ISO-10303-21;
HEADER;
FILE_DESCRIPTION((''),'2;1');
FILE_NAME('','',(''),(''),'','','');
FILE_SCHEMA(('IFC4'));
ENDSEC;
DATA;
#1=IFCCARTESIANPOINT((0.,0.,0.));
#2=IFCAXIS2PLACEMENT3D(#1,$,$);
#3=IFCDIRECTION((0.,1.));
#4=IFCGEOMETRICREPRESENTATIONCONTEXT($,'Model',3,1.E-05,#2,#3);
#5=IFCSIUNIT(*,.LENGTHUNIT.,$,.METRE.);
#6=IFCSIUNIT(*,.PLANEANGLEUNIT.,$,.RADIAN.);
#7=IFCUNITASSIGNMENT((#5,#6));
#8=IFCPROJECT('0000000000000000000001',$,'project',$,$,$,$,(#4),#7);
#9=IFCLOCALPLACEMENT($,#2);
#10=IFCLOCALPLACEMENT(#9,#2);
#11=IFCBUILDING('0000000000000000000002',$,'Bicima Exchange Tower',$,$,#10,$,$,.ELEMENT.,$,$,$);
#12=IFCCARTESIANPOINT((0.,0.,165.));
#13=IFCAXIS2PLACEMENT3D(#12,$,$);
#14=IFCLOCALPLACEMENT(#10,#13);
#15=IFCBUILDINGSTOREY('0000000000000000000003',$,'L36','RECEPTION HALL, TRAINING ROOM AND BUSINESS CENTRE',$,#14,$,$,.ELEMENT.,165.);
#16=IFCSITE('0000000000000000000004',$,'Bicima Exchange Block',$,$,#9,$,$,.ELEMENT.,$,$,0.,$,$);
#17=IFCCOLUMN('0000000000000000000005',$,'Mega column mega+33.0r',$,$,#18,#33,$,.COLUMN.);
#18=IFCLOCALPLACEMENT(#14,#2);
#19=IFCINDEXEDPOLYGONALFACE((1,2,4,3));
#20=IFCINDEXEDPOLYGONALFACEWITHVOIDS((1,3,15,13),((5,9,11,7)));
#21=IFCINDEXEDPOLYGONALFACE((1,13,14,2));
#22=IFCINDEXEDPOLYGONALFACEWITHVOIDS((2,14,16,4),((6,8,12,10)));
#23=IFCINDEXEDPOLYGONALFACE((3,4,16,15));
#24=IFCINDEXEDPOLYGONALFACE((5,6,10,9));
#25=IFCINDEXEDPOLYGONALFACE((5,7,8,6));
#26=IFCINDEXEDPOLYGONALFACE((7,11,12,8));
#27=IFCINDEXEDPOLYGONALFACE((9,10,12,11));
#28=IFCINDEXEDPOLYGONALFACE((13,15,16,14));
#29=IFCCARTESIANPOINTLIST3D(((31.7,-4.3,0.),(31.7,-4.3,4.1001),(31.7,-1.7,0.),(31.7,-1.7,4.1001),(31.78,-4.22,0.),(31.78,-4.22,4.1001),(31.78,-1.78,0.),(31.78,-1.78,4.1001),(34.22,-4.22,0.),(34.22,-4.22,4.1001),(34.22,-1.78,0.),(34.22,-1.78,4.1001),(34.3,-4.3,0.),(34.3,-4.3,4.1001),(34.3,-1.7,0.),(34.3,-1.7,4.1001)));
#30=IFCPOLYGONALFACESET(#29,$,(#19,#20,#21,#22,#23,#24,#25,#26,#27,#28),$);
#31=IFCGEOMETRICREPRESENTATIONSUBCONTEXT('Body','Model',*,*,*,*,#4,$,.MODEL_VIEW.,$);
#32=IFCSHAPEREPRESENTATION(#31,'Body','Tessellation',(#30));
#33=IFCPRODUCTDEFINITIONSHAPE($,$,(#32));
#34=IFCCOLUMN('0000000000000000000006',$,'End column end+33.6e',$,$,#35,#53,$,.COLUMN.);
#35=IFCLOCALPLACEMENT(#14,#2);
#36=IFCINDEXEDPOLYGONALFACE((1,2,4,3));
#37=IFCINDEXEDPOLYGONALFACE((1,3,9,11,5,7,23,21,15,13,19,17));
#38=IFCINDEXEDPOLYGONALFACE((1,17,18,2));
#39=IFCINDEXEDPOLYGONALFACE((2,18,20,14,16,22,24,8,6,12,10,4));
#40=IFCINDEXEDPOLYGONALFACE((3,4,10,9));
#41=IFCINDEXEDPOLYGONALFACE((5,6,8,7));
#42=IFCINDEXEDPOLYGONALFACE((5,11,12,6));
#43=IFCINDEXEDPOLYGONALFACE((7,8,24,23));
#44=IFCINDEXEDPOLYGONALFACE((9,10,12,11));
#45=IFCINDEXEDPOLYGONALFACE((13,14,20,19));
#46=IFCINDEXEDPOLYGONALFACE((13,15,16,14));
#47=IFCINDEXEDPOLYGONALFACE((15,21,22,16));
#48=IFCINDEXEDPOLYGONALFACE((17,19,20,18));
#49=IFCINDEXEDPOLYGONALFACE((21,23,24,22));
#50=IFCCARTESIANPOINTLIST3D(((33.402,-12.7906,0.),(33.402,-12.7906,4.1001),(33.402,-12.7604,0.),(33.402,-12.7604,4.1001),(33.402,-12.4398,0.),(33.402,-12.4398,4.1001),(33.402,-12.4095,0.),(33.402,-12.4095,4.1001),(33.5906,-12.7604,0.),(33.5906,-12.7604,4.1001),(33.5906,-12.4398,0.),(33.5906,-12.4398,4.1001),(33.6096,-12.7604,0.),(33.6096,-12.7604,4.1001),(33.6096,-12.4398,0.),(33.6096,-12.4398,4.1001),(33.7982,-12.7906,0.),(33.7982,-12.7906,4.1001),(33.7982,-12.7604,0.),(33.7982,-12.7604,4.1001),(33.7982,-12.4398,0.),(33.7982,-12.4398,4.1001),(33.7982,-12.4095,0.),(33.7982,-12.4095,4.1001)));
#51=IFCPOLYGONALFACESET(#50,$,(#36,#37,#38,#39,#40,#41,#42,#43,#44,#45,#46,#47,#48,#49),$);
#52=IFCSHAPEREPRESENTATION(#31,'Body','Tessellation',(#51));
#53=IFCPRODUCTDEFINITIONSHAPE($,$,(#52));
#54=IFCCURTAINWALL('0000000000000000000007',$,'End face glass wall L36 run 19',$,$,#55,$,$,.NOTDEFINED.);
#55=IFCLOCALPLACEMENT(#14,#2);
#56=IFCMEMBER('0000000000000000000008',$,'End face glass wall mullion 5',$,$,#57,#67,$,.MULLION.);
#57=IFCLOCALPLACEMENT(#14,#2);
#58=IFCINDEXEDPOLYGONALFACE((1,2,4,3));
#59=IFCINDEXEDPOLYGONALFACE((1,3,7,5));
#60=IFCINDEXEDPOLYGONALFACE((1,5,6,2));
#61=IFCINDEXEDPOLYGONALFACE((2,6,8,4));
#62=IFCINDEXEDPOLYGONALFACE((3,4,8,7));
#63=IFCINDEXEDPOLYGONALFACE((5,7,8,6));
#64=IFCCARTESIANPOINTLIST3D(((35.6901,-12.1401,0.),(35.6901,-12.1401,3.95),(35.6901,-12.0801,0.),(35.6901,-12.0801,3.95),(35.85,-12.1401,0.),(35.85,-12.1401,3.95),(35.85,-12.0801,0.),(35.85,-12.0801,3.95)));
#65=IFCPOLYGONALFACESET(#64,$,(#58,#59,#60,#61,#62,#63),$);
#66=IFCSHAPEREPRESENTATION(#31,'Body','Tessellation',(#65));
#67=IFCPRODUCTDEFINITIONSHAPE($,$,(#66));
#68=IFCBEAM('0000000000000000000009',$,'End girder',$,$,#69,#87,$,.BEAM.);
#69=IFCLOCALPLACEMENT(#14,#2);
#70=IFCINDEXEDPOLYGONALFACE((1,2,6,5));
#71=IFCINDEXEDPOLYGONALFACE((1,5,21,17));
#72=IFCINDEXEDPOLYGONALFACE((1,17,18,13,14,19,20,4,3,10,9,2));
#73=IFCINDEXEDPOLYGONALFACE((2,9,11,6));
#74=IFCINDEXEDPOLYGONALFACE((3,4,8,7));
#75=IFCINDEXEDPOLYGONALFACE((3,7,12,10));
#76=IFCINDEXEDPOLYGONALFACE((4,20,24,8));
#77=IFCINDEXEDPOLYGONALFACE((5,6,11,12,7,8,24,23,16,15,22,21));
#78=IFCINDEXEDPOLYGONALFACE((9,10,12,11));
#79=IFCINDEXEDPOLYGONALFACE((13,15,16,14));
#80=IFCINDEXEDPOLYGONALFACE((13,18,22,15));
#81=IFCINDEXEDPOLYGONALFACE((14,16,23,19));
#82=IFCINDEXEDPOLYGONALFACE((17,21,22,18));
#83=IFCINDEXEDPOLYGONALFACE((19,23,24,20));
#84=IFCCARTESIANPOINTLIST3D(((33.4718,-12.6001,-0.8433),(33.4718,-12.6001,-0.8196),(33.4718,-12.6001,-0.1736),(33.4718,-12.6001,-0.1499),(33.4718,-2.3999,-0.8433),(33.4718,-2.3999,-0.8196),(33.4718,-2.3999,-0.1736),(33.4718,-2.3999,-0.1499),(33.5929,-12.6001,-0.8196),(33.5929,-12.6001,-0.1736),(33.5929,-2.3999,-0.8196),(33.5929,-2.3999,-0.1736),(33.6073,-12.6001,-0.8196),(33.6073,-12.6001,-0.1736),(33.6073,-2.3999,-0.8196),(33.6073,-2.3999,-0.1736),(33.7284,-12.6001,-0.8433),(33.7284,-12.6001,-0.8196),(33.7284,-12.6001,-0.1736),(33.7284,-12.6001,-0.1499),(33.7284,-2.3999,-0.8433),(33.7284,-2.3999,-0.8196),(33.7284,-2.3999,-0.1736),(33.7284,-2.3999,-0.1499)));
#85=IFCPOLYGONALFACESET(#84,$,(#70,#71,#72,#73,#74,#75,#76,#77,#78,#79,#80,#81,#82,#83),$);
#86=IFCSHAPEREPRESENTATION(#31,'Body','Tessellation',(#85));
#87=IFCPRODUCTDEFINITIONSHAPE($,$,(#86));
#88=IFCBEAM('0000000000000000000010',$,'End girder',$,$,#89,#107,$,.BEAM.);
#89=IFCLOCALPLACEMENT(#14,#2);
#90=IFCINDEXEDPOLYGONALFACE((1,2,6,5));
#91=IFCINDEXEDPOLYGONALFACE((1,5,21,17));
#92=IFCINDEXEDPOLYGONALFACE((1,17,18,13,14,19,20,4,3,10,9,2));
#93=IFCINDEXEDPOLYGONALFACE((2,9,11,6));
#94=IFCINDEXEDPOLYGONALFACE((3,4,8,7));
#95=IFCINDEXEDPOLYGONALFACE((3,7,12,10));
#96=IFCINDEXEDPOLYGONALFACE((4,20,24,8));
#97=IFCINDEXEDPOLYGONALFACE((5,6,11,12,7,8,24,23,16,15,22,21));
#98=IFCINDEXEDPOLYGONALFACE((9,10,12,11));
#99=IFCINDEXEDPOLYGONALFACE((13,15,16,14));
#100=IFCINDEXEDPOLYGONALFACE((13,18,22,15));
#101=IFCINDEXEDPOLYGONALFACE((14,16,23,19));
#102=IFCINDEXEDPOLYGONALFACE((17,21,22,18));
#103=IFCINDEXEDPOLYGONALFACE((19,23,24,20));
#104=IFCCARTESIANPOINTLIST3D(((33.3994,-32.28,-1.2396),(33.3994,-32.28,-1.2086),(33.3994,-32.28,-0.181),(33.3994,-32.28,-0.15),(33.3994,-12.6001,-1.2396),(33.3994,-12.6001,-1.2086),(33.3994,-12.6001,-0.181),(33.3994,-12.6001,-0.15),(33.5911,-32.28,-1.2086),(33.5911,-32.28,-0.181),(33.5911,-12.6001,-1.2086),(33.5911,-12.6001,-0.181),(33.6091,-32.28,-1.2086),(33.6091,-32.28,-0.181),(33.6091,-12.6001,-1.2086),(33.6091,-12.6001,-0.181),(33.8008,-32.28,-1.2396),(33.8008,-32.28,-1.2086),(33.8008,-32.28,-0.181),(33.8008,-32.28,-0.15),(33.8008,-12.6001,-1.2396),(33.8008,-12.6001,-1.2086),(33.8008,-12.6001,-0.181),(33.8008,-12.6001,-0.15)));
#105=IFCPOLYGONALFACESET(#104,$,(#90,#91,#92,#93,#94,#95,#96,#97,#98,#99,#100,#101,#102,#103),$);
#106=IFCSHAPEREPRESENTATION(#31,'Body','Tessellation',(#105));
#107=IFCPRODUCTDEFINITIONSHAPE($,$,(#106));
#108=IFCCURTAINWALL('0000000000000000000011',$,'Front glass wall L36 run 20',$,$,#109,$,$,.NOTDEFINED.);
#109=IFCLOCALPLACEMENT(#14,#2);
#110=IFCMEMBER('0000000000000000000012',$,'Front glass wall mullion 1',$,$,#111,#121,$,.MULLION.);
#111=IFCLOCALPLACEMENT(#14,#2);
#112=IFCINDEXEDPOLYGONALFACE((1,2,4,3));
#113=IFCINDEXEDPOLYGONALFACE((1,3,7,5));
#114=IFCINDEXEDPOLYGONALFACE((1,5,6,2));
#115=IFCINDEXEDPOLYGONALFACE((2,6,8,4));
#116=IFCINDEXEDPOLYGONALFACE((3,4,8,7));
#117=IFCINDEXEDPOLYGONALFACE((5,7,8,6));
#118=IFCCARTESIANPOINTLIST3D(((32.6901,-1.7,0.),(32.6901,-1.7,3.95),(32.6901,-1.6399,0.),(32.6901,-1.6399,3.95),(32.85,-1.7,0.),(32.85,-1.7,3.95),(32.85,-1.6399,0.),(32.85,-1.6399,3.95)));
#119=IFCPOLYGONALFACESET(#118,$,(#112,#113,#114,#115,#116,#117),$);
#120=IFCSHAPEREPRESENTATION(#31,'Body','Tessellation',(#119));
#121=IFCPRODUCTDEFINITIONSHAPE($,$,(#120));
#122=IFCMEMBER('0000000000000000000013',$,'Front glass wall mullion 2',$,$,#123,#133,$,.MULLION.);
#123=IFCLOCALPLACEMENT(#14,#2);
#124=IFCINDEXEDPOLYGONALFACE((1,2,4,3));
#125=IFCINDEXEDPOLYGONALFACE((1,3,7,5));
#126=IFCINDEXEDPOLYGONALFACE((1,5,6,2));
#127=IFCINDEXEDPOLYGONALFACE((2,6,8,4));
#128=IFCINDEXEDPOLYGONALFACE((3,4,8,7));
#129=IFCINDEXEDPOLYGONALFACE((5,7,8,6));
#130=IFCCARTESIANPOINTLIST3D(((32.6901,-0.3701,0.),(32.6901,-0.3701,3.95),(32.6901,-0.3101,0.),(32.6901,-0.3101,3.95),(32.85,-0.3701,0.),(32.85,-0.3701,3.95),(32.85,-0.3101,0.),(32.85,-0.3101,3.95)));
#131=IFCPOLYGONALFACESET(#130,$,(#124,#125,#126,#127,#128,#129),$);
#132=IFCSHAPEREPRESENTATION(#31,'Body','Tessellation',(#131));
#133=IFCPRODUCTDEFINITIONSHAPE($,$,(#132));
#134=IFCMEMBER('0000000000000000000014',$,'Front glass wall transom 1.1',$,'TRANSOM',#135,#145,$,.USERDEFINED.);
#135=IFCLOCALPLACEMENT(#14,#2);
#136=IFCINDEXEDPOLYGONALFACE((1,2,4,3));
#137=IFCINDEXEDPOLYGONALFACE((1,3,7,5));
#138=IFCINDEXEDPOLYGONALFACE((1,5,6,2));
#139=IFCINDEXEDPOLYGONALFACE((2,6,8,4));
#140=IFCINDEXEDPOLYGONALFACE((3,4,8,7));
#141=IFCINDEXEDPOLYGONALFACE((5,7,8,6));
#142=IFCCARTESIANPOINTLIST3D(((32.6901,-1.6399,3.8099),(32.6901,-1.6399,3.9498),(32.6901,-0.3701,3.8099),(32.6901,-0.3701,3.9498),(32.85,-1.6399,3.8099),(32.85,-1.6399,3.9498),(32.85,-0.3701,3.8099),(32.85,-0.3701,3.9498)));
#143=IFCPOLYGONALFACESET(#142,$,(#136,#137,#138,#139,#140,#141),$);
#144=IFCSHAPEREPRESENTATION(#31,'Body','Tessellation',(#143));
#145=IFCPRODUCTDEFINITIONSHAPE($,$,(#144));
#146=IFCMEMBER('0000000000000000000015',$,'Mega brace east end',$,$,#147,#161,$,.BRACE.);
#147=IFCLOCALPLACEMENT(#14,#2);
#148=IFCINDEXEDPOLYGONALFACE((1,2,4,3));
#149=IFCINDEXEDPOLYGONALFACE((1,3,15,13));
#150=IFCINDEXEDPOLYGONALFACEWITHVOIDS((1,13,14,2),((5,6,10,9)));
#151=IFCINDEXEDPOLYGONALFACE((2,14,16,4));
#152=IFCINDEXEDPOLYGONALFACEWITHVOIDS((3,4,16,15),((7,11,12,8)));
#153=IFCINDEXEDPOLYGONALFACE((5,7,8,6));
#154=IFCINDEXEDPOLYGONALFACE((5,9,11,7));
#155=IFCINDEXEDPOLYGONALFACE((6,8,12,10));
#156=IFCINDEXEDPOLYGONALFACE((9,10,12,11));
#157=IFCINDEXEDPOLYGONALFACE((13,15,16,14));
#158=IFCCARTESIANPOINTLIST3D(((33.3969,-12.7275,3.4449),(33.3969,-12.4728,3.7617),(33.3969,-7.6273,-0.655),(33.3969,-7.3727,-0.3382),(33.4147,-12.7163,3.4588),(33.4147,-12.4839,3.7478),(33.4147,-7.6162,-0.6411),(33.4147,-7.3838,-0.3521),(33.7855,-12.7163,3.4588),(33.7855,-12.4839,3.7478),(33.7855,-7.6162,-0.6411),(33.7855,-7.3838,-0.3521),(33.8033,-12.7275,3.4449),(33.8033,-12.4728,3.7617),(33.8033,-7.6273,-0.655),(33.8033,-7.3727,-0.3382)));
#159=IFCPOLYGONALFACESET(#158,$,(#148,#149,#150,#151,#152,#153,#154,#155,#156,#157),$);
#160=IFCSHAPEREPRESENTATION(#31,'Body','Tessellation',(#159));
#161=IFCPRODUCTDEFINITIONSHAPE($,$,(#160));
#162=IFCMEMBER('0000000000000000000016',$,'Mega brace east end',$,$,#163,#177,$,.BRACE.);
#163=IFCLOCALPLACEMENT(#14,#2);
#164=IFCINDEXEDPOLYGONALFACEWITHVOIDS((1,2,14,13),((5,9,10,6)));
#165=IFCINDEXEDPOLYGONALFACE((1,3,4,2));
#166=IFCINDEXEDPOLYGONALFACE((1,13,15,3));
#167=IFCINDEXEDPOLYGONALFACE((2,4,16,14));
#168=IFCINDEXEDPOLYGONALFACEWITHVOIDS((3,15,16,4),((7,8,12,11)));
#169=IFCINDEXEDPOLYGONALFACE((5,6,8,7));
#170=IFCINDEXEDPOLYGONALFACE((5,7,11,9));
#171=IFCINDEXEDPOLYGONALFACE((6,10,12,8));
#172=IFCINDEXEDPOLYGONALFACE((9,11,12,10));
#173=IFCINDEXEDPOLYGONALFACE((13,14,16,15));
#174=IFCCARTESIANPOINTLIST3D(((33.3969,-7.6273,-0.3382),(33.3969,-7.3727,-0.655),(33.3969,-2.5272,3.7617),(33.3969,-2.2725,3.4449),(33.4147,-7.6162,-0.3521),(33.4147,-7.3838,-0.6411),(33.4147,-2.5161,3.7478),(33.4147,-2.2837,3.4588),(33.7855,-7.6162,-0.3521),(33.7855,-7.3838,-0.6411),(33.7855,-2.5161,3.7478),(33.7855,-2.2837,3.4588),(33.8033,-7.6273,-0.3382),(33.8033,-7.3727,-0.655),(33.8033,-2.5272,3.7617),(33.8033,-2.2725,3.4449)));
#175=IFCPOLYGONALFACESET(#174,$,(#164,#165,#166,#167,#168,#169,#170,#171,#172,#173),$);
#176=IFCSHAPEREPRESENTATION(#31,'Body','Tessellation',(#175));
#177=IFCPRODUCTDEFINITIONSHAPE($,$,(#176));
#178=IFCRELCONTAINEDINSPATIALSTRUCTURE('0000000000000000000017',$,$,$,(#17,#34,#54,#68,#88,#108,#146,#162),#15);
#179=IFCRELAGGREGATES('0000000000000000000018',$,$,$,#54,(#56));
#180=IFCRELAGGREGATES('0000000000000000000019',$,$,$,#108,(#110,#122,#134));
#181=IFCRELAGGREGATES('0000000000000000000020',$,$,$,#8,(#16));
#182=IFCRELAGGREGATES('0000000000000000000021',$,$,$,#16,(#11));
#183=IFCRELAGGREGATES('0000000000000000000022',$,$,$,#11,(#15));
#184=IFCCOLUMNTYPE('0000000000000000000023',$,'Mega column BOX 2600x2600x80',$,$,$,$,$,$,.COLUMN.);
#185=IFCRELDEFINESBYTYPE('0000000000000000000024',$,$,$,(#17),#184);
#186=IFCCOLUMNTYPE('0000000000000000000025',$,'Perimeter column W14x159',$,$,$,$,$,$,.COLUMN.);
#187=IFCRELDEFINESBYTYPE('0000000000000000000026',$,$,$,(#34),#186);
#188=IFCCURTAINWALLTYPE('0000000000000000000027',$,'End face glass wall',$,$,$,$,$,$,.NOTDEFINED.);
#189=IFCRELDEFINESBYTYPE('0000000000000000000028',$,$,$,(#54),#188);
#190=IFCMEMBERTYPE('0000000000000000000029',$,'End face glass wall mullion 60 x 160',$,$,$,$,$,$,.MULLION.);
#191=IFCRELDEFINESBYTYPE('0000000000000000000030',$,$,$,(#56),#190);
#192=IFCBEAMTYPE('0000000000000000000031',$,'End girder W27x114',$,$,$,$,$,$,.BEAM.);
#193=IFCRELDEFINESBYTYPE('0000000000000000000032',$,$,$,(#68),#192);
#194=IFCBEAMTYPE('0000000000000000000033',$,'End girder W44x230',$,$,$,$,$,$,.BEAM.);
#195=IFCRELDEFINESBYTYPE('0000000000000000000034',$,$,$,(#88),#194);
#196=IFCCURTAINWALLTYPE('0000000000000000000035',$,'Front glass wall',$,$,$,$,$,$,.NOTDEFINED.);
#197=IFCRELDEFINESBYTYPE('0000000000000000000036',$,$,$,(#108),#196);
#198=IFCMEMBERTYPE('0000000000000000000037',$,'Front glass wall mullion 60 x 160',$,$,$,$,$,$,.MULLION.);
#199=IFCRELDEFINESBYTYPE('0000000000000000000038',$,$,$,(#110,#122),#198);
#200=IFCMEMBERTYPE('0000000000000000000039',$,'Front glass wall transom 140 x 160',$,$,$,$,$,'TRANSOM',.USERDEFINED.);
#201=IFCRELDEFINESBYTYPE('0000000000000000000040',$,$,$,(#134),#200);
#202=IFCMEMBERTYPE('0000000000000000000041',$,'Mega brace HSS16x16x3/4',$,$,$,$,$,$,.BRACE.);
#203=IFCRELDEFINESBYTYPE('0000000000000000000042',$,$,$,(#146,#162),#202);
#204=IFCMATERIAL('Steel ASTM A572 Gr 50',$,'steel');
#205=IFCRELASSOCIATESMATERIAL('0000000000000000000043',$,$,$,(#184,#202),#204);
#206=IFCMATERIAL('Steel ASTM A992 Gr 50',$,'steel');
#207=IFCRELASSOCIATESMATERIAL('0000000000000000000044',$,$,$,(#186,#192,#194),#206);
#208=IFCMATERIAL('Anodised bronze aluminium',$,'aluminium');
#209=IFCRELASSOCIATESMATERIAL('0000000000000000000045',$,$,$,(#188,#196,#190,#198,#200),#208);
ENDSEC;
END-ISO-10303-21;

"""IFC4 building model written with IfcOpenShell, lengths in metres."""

from ifc_helpers import new_model, si_unit, direction, frame, origin, origin_2d, place, context, subcontext, project, spatial, rectangle, hollow_rectangle, i_section, extrude, material, material_profile, profile_set, type_object, element, aggregate, save


model = new_model("IFC4")

# Units and contexts
model_context = context("Model", 3, precision=1e-05, world=origin(), true_north=direction((0.0, 1.0)))
body_context = subcontext(model_context, "Body", "Model", "MODEL_VIEW")
ifc_project = project(units=[si_unit("LENGTHUNIT", "METRE"), si_unit("PLANEANGLEUNIT", "RADIAN")], contexts=[model_context])

# Site, building, storey
site_placement = place(None, origin())
site = spatial("IfcSite", under=ifc_project, at=site_placement, Name="Bicima Exchange Block", CompositionType="ELEMENT", RefElevation=0.0)
building_placement = place(site_placement, origin())
building = spatial("IfcBuilding", under=site, at=building_placement, Name="Bicima Exchange Tower", CompositionType="ELEMENT")
storey_placement = place(building_placement, frame((0.0, 0.0, 165.0)))
storey = spatial("IfcBuildingStorey", under=building, at=storey_placement, Name="L36", Description="RECEPTION HALL, TRAINING ROOM AND BUSINESS CENTRE", CompositionType="ELEMENT", Elevation=165.0)

# Columns
ifc_material_1 = material(Name="Steel ASTM A572 Gr 50", Category="steel")
ifc_material_profile_1 = material_profile(ifc_material_1, hollow_rectangle(XDim=2.6001, YDim=2.6001, WallThickness=0.0801, at=origin_2d()))
ifc_profile_set_1 = profile_set([ifc_material_profile_1], Name="Steel ASTM A572 Gr 50")
column_type_1 = type_object("IfcColumnType", Name="Mega column BOX 2600x2600x80", PredefinedType="COLUMN", material=ifc_profile_set_1)
column_1_placement = place(storey_placement, frame((33.0, -3.0, 0.0), z_axis=(0.0, 0.0, 1.0), x_axis=(1.0, 0.0, 0.0)))
element("IfcColumn", 1, at=column_1_placement, inside=storey, type_object=column_type_1, Name="Mega column mega+33.0r", PredefinedType="COLUMN", context=body_context, shape_type="SweptSolid", body=[
    extrude(hollow_rectangle(XDim=2.6001, YDim=2.6001, WallThickness=0.0801, at=origin_2d()), origin(), (0.0, 0.0, 1.0), 4.1001),
])
ifc_material_2 = material(Name="Steel ASTM A992 Gr 50", Category="steel")
ifc_material_profile_2 = material_profile(ifc_material_2, i_section(OverallWidth=0.3962, OverallDepth=0.3811, WebThickness=0.019, FlangeThickness=0.0303, at=origin_2d()))
ifc_profile_set_2 = profile_set([ifc_material_profile_2], Name="Steel ASTM A992 Gr 50")
column_type_2 = type_object("IfcColumnType", Name="Perimeter column W14x159", PredefinedType="COLUMN", material=ifc_profile_set_2)
column_2_placement = place(storey_placement, frame((33.6001, -12.6001, 0.0), z_axis=(0.0, 0.0, 1.0), x_axis=(1.0, 0.0, 0.0)))
element("IfcColumn", 2, at=column_2_placement, inside=storey, type_object=column_type_2, Name="End column end+33.6e", PredefinedType="COLUMN", context=body_context, shape_type="SweptSolid", body=[
    extrude(i_section(OverallWidth=0.3962, OverallDepth=0.3811, WebThickness=0.019, FlangeThickness=0.0303, at=origin_2d()), origin(), (0.0, 0.0, 1.0), 4.1001),
])

# Curtain wall, member
ifc_material_3 = material(Name="Anodised bronze aluminium", Category="aluminium")
curtain_wall_type_1 = type_object("IfcCurtainWallType", Name="End face glass wall", PredefinedType="NOTDEFINED", material=ifc_material_3)
curtain_wall_1_placement = place(storey_placement, origin())
curtain_wall_1 = element("IfcCurtainWall", 3, at=curtain_wall_1_placement, inside=storey, type_object=curtain_wall_type_1, Name="End face glass wall L36 run 19", PredefinedType="NOTDEFINED")
ifc_material_profile_3 = material_profile(ifc_material_3, rectangle(XDim=0.1599, YDim=0.0601, at=origin_2d()))
ifc_profile_set_3 = profile_set([ifc_material_profile_3], Name="Anodised bronze aluminium")
member_type_1 = type_object("IfcMemberType", Name="End face glass wall mullion 60 x 160", PredefinedType="MULLION", material=ifc_profile_set_3)
member_1_placement = place(storey_placement, frame((35.77, -12.1101, 0.0), z_axis=(0.0, 0.0, 1.0), x_axis=(-1.0, 0.0, 0.0)))
member_1 = element("IfcMember", 4, at=member_1_placement, type_object=member_type_1, Name="End face glass wall mullion 5", PredefinedType="MULLION", context=body_context, shape_type="SweptSolid", body=[
    extrude(rectangle(XDim=0.1599, YDim=0.0601, at=origin_2d()), origin(), (0.0, 0.0, 1.0), 3.95),
])
aggregate(curtain_wall_1, [member_1])

# Beams
ifc_material_profile_4 = material_profile(ifc_material_2, i_section(OverallWidth=0.2566, OverallDepth=0.6934, WebThickness=0.0144, FlangeThickness=0.0237, at=origin_2d()))
ifc_profile_set_4 = profile_set([ifc_material_profile_4], Name="Steel ASTM A992 Gr 50")
beam_type_1 = type_object("IfcBeamType", Name="End girder W27x114", PredefinedType="BEAM", material=ifc_profile_set_4)
beam_1_placement = place(storey_placement, frame((33.6001, -2.3999, -0.4966), z_axis=(0.0, -1.0, 0.0), x_axis=(1.0, 0.0, 0.0)))
element("IfcBeam", 5, at=beam_1_placement, inside=storey, type_object=beam_type_1, Name="End girder", PredefinedType="BEAM", context=body_context, shape_type="SweptSolid", body=[
    extrude(i_section(OverallWidth=0.2566, OverallDepth=0.6934, WebThickness=0.0144, FlangeThickness=0.0237, at=origin_2d()), origin(), (0.0, 0.0, 1.0), 10.2002),
])
ifc_material_profile_5 = material_profile(ifc_material_2, i_section(OverallWidth=0.4014, OverallDepth=1.0896, WebThickness=0.0181, FlangeThickness=0.031, at=origin_2d()))
ifc_profile_set_5 = profile_set([ifc_material_profile_5], Name="Steel ASTM A992 Gr 50")
beam_type_2 = type_object("IfcBeamType", Name="End girder W44x230", PredefinedType="BEAM", material=ifc_profile_set_5)
beam_2_placement = place(storey_placement, frame((33.6001, -12.6001, -0.6948), z_axis=(0.0, -1.0, 0.0), x_axis=(1.0, 0.0, 0.0)))
element("IfcBeam", 6, at=beam_2_placement, inside=storey, type_object=beam_type_2, Name="End girder", PredefinedType="BEAM", context=body_context, shape_type="SweptSolid", body=[
    extrude(i_section(OverallWidth=0.4014, OverallDepth=1.0896, WebThickness=0.0181, FlangeThickness=0.031, at=origin_2d()), origin(), (0.0, 0.0, 1.0), 19.6799),
])

# Curtain wall, members
curtain_wall_type_2 = type_object("IfcCurtainWallType", Name="Front glass wall", PredefinedType="NOTDEFINED", material=ifc_material_3)
curtain_wall_2_placement = place(storey_placement, origin())
curtain_wall_2 = element("IfcCurtainWall", 7, at=curtain_wall_2_placement, inside=storey, type_object=curtain_wall_type_2, Name="Front glass wall L36 run 20", PredefinedType="NOTDEFINED")
member_type_2 = type_object("IfcMemberType", Name="Front glass wall mullion 60 x 160", PredefinedType="MULLION", material=ifc_profile_set_3)
member_2_placement = place(storey_placement, frame((32.77, -1.6699, 0.0), z_axis=(0.0, 0.0, 1.0), x_axis=(-1.0, 0.0, 0.0)))
member_2 = element("IfcMember", 8, at=member_2_placement, type_object=member_type_2, Name="Front glass wall mullion 1", PredefinedType="MULLION", context=body_context, shape_type="SweptSolid", body=[
    extrude(rectangle(XDim=0.1599, YDim=0.0601, at=origin_2d()), origin(), (0.0, 0.0, 1.0), 3.95),
])
member_3_placement = place(storey_placement, frame((32.77, -0.3401, 0.0), z_axis=(0.0, 0.0, 1.0), x_axis=(-1.0, 0.0, 0.0)))
member_3 = element("IfcMember", 9, at=member_3_placement, type_object=member_type_2, Name="Front glass wall mullion 2", PredefinedType="MULLION", context=body_context, shape_type="SweptSolid", body=[
    extrude(rectangle(XDim=0.1599, YDim=0.0601, at=origin_2d()), origin(), (0.0, 0.0, 1.0), 3.95),
])
ifc_material_profile_6 = material_profile(ifc_material_3, rectangle(XDim=0.1599, YDim=0.1399, at=origin_2d()))
ifc_profile_set_6 = profile_set([ifc_material_profile_6], Name="Anodised bronze aluminium")
member_type_3 = type_object("IfcMemberType", Name="Front glass wall transom 140 x 160", ElementType="TRANSOM", PredefinedType="USERDEFINED", material=ifc_profile_set_6)
member_4_placement = place(storey_placement, frame((32.77, -1.6399, 3.8799), z_axis=(0.0, 1.0, 0.0), x_axis=(-1.0, 0.0, 0.0)))
member_4 = element("IfcMember", 10, at=member_4_placement, type_object=member_type_3, Name="Front glass wall transom 1.1", ObjectType="TRANSOM", PredefinedType="USERDEFINED", context=body_context, shape_type="SweptSolid", body=[
    extrude(rectangle(XDim=0.1599, YDim=0.1399, at=origin_2d()), origin(), (0.0, 0.0, 1.0), 1.2698),
])

# Members
ifc_material_profile_7 = material_profile(ifc_material_1, hollow_rectangle(XDim=0.4065, YDim=0.4065, WallThickness=0.0178, at=origin_2d()))
ifc_profile_set_7 = profile_set([ifc_material_profile_7], Name="Steel ASTM A572 Gr 50")
member_type_4 = type_object("IfcMemberType", Name="Mega brace HSS16x16x3/4", PredefinedType="BRACE", material=ifc_profile_set_7)
for number, where, z_axis, x_axis, name in (
    (11, (33.6001, -7.5, -0.4966), (0.0, -0.779392, 0.626536), (1.0, 0.0, 0.0), "Mega brace east end"),
    (12, (33.6001, -7.5, -0.4966), (0.0, 0.779392, 0.626536), (-1.0, 0.0, 0.0), "Mega brace east end"),
):
    element("IfcMember", number, at=place(storey_placement, frame(where, z_axis=z_axis, x_axis=x_axis)), inside=storey, type_object=member_type_4, Name=name, PredefinedType="BRACE", context=body_context, shape_type="SweptSolid", body=[
        extrude(hollow_rectangle(XDim=0.4065, YDim=0.4065, WallThickness=0.0178, at=origin_2d()), origin(), (0.0, 0.0, 1.0), 6.5437),
    ])

aggregate(curtain_wall_2, [member_2, member_3, member_4])

save(model, "model.ifc")
